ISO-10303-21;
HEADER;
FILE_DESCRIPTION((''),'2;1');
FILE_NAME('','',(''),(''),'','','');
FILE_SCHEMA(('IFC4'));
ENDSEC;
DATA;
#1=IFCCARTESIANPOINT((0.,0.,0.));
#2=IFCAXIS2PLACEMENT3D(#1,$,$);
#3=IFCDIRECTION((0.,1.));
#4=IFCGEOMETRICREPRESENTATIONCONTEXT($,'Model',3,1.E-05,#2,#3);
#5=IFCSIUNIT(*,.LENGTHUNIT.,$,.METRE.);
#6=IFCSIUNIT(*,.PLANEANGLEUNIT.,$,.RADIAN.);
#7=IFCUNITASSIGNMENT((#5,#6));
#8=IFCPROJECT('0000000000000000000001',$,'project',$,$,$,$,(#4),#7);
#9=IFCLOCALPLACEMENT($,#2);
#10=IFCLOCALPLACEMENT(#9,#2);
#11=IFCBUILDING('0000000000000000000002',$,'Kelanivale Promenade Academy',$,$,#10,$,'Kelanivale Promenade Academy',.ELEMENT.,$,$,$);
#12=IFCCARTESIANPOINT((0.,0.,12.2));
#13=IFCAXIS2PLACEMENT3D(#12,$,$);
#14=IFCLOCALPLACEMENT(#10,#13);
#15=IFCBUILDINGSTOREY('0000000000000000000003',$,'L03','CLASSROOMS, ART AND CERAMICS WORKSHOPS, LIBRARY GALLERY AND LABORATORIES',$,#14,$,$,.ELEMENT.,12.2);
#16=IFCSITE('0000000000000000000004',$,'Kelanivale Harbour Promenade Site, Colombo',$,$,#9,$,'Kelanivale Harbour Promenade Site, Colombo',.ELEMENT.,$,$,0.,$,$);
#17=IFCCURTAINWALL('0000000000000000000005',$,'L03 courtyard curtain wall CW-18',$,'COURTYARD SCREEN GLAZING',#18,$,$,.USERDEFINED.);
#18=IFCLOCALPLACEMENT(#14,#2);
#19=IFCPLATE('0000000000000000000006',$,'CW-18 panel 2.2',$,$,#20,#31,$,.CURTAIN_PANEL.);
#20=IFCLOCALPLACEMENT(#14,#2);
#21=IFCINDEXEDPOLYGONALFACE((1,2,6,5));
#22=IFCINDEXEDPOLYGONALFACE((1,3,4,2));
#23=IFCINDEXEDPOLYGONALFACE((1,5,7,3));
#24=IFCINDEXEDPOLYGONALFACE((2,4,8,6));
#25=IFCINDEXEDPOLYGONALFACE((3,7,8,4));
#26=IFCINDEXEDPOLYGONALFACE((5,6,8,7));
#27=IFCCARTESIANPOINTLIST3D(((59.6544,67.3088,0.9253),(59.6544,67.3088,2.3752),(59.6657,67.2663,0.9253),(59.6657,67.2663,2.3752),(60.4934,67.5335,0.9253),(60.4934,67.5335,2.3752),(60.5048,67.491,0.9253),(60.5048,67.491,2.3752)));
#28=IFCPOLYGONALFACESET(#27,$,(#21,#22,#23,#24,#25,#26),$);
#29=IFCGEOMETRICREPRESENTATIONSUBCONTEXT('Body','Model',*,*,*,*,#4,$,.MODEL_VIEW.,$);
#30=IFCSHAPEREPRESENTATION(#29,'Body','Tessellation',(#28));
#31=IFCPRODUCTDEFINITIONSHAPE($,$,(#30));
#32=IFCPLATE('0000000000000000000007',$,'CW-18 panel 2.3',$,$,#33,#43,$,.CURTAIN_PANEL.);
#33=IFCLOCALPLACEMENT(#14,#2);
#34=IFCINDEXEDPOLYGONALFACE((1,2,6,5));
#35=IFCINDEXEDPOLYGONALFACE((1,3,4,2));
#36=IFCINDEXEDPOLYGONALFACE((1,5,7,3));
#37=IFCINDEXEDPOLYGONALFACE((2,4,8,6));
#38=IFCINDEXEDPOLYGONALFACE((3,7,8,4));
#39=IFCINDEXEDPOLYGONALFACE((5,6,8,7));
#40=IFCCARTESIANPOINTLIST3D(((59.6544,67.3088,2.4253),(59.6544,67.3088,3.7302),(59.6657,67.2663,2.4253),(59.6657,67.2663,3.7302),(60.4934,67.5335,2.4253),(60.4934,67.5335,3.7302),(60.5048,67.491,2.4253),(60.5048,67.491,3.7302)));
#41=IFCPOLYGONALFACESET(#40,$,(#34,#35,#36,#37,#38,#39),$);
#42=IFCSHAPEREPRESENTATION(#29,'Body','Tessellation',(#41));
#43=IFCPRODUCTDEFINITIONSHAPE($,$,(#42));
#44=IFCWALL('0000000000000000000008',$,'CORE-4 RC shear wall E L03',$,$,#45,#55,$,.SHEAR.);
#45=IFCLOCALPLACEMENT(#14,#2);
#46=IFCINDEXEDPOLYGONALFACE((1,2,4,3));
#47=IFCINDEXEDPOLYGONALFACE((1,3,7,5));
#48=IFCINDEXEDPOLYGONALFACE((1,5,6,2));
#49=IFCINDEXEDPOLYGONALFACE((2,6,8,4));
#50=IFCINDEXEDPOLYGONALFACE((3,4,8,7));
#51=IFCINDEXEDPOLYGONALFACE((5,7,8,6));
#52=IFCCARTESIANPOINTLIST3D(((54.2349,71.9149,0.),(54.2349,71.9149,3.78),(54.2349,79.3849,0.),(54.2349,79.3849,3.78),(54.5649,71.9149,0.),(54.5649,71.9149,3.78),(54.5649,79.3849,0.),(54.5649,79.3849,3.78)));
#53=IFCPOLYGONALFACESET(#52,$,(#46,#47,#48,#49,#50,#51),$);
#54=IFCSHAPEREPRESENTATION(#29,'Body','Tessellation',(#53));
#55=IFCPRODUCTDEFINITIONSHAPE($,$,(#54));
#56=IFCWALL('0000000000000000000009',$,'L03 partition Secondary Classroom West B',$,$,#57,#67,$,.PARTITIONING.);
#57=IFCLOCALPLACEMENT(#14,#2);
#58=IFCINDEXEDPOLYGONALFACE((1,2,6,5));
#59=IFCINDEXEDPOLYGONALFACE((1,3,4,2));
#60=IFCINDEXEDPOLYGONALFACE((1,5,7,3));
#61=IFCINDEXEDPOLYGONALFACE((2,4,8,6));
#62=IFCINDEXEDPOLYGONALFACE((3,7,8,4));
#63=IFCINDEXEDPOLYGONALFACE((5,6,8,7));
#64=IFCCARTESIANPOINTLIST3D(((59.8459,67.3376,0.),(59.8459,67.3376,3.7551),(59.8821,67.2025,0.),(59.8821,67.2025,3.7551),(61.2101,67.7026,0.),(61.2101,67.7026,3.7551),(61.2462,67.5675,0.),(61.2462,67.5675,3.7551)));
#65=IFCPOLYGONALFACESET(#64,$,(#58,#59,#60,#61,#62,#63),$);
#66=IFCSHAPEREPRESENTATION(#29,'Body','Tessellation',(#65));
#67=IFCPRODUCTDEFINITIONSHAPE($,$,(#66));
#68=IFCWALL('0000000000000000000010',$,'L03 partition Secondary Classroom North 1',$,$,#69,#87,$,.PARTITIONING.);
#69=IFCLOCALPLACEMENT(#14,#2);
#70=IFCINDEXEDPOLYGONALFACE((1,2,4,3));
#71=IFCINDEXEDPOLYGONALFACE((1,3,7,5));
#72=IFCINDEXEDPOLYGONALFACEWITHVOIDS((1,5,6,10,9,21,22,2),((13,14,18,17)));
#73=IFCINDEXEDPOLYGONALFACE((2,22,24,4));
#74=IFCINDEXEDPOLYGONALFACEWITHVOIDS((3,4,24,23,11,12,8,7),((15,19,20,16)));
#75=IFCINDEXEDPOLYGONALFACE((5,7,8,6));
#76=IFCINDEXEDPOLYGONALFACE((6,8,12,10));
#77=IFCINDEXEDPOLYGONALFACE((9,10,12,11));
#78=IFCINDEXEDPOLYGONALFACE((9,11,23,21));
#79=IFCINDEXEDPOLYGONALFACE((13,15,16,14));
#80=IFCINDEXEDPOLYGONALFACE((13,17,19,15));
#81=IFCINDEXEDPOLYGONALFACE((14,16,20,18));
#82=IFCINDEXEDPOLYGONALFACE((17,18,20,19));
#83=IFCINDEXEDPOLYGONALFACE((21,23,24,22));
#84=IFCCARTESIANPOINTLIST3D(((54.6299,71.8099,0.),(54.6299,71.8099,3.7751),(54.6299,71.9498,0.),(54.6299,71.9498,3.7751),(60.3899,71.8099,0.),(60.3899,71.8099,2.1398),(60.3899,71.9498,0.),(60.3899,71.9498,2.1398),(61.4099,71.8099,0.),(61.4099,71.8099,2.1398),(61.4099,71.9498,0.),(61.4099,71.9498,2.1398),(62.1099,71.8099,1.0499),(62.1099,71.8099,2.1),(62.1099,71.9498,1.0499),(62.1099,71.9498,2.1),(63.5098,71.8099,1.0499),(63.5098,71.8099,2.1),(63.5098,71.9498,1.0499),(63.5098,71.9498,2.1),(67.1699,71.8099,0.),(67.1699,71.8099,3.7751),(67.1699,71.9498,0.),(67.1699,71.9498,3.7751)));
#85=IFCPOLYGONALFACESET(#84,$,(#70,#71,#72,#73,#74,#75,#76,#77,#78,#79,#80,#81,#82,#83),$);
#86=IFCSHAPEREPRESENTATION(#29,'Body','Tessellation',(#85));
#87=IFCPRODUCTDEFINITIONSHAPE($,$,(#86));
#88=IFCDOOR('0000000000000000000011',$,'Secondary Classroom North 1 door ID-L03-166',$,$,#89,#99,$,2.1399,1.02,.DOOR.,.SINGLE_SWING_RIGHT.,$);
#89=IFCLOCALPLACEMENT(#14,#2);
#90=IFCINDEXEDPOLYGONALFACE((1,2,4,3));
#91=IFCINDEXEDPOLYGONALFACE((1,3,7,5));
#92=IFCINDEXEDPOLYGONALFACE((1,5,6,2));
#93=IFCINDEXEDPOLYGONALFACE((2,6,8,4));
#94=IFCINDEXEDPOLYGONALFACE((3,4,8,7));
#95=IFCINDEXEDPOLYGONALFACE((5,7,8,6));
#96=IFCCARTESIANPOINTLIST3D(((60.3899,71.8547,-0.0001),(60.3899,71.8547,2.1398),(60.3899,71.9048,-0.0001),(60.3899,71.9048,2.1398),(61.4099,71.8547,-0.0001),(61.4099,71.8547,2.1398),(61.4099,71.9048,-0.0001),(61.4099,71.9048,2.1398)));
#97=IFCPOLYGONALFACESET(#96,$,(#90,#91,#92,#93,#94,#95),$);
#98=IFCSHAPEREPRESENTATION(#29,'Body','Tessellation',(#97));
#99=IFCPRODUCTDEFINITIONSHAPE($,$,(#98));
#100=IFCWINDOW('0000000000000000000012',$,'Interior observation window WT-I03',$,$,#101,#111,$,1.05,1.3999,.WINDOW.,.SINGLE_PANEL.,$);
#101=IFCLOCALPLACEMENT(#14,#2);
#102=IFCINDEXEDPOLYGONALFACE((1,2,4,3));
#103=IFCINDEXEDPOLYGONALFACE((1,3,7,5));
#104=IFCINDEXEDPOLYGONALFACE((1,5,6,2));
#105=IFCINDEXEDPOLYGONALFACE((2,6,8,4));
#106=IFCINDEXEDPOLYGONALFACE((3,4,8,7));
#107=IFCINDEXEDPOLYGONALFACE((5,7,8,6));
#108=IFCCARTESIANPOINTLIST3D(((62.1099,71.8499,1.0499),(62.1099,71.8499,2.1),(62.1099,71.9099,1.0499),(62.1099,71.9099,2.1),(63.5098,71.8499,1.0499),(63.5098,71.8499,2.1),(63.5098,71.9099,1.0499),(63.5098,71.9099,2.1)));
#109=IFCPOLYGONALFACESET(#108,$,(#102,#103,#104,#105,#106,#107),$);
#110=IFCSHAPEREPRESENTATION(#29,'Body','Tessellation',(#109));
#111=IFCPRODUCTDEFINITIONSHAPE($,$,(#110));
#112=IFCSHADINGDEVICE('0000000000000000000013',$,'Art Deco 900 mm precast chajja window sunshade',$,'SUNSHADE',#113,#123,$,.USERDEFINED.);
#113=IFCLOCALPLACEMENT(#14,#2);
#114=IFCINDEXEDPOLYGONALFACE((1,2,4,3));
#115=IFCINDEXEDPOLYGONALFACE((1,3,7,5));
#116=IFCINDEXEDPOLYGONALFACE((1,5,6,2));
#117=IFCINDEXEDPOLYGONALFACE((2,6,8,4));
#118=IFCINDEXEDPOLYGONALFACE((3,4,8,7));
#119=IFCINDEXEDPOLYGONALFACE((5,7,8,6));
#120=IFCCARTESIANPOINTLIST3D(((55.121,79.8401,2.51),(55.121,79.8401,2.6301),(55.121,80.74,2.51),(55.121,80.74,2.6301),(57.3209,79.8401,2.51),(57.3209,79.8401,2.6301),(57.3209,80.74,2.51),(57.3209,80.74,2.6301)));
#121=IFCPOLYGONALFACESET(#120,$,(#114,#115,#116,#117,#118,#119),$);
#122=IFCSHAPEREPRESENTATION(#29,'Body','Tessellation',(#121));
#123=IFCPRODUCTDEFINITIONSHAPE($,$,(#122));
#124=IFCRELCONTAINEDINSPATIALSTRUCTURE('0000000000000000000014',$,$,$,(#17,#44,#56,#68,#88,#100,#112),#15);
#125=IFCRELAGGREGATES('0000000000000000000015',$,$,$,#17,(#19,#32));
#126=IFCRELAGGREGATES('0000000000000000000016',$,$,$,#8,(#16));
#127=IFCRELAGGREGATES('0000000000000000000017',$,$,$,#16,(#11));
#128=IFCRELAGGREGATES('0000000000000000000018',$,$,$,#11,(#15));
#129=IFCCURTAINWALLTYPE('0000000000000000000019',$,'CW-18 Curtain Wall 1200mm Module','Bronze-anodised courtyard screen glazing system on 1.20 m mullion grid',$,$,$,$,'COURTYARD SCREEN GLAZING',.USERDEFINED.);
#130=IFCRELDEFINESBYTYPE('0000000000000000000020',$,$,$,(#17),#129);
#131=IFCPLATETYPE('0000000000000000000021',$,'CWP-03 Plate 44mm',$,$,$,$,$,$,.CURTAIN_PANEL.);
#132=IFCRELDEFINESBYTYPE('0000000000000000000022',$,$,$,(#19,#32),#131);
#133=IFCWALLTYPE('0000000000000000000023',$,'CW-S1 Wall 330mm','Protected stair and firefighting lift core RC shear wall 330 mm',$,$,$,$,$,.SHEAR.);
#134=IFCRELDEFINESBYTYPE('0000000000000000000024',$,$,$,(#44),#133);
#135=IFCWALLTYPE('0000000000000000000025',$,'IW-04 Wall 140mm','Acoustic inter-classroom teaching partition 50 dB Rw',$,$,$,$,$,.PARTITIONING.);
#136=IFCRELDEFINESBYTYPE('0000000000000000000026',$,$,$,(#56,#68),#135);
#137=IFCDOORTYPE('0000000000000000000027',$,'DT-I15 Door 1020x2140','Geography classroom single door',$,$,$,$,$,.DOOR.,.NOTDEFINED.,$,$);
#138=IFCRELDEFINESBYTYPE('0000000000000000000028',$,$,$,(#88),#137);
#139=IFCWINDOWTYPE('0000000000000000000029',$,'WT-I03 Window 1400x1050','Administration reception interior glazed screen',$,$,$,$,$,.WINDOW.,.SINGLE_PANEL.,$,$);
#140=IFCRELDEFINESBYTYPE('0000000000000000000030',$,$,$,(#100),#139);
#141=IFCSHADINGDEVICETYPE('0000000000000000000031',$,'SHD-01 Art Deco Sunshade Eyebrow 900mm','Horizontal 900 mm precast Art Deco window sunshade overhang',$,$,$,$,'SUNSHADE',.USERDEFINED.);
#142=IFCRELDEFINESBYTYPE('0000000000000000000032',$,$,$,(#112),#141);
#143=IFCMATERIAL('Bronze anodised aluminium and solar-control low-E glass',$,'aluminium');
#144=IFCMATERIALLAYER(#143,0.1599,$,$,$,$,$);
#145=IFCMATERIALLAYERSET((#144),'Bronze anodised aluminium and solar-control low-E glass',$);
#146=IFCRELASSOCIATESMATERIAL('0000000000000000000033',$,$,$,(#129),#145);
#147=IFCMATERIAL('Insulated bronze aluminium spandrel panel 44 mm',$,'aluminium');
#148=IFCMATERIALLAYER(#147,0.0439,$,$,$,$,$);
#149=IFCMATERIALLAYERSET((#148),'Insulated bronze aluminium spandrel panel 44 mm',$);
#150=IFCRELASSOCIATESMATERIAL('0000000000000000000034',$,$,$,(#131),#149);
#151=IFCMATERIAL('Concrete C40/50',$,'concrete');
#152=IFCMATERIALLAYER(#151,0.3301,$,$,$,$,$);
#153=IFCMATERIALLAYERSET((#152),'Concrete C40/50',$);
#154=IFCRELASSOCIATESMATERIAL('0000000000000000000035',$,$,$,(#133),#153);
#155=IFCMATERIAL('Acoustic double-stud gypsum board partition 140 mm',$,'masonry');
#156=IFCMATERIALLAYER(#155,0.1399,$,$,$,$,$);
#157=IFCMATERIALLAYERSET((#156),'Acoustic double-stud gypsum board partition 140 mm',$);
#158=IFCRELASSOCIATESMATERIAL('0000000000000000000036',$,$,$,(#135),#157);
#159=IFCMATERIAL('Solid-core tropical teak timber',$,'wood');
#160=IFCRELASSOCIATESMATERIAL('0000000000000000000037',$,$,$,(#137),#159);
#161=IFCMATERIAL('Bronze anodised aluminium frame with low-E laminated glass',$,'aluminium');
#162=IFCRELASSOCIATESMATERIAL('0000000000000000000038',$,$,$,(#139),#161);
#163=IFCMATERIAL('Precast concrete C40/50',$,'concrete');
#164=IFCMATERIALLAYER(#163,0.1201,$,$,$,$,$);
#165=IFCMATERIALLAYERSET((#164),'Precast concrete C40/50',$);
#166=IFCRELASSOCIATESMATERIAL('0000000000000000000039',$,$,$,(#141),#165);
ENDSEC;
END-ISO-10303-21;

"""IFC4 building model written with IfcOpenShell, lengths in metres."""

from ifc_helpers import new_model, si_unit, direction, frame, frame_2d, origin, origin_2d, place, context, subcontext, project, spatial, rectangle, extrude, material, layer, layer_set, type_object, element, fill, aggregate, save


model = new_model("IFC4")

# Units and contexts
model_context = context("Model", 3, precision=1e-05, world=origin(), true_north=direction((0.0, 1.0)))
body_context = subcontext(model_context, "Body", "Model", "MODEL_VIEW")
ifc_project = project(units=[si_unit("LENGTHUNIT", "METRE"), si_unit("PLANEANGLEUNIT", "RADIAN")], contexts=[model_context])

# Site, building, storey
site_placement = place(None, origin())
site = spatial("IfcSite", under=ifc_project, at=site_placement, Name="Kelanivale Harbour Promenade Site, Colombo", LongName="Kelanivale Harbour Promenade Site, Colombo", CompositionType="ELEMENT", RefElevation=0.0)
building_placement = place(site_placement, origin())
building = spatial("IfcBuilding", under=site, at=building_placement, Name="Kelanivale Promenade Academy", LongName="Kelanivale Promenade Academy", CompositionType="ELEMENT")
storey_placement = place(building_placement, frame((0.0, 0.0, 12.2)))
storey = spatial("IfcBuildingStorey", under=building, at=storey_placement, Name="L03", Description="CLASSROOMS, ART AND CERAMICS WORKSHOPS, LIBRARY GALLERY AND LABORATORIES", CompositionType="ELEMENT", Elevation=12.2)

# Shared definitions
ifc_material_1 = material(Name="Concrete C40/50", Category="concrete")

# Curtain wall
ifc_material_2 = material(Name="Bronze anodised aluminium and solar-control low-E glass", Category="aluminium")
ifc_layer_1 = layer(ifc_material_2, 0.1599)
ifc_layer_set_1 = layer_set([ifc_layer_1], Name="Bronze anodised aluminium and solar-control low-E glass")
curtain_wall_type_1 = type_object("IfcCurtainWallType", Name="CW-18 Curtain Wall 1200mm Module", Description="Bronze-anodised courtyard screen glazing system on 1.20 m mullion grid", ElementType="COURTYARD SCREEN GLAZING", PredefinedType="USERDEFINED", material=ifc_layer_set_1)
curtain_wall_1_placement = place(storey_placement, origin())
curtain_wall_1 = element("IfcCurtainWall", 1, at=curtain_wall_1_placement, inside=storey, type_object=curtain_wall_type_1, Name="L03 courtyard curtain wall CW-18", ObjectType="COURTYARD SCREEN GLAZING", PredefinedType="USERDEFINED")

# Plates
ifc_material_3 = material(Name="Insulated bronze aluminium spandrel panel 44 mm", Category="aluminium")
ifc_layer_2 = layer(ifc_material_3, 0.0439)
ifc_layer_set_2 = layer_set([ifc_layer_2], Name="Insulated bronze aluminium spandrel panel 44 mm")
plate_type = type_object("IfcPlateType", Name="CWP-03 Plate 44mm", PredefinedType="CURTAIN_PANEL", material=ifc_layer_set_2)
plate_1_placement = place(storey_placement, frame((60.0796, 67.3999, 0.9253), z_axis=(0.0, 0.0, 1.0), x_axis=(-0.965957, -0.258701, 0.0)))
plate_1 = element("IfcPlate", 2, at=plate_1_placement, type_object=plate_type, Name="CW-18 panel 2.2", PredefinedType="CURTAIN_PANEL", context=body_context, shape_type="SweptSolid", body=[
    extrude(rectangle(XDim=0.8687, YDim=0.0439, at=origin_2d()), origin(), (0.0, 0.0, 1.0), 1.45),
])
plate_2_placement = place(storey_placement, frame((60.0796, 67.3999, 2.4253), z_axis=(0.0, 0.0, 1.0), x_axis=(-0.965957, -0.258701, 0.0)))
plate_2 = element("IfcPlate", 3, at=plate_2_placement, type_object=plate_type, Name="CW-18 panel 2.3", PredefinedType="CURTAIN_PANEL", context=body_context, shape_type="SweptSolid", body=[
    extrude(rectangle(XDim=0.8687, YDim=0.0439, at=origin_2d()), origin(), (0.0, 0.0, 1.0), 1.3049),
])
aggregate(curtain_wall_1, [plate_1, plate_2])

# Walls
ifc_layer_3 = layer(ifc_material_1, 0.3301)
ifc_layer_set_3 = layer_set([ifc_layer_3], Name="Concrete C40/50")
wall_type_1 = type_object("IfcWallType", Name="CW-S1 Wall 330mm", Description="Protected stair and firefighting lift core RC shear wall 330 mm", PredefinedType="SHEAR", material=ifc_layer_set_3)
wall_1_placement = place(storey_placement, frame((54.3999, 71.915, 0.0), z_axis=(0.0, 0.0, 1.0), x_axis=(0.0, 1.0, 0.0)))
element("IfcWall", 4, at=wall_1_placement, inside=storey, type_object=wall_type_1, Name="CORE-4 RC shear wall E L03", PredefinedType="SHEAR", context=body_context, shape_type="SweptSolid", body=[
    extrude(rectangle(XDim=7.47, YDim=0.3301, at=frame_2d((3.7349, 0.0))), origin(), (0.0, 0.0, 1.0), 3.78),
])
ifc_material_4 = material(Name="Acoustic double-stud gypsum board partition 140 mm", Category="masonry")
ifc_layer_4 = layer(ifc_material_4, 0.1399)
ifc_layer_set_4 = layer_set([ifc_layer_4], Name="Acoustic double-stud gypsum board partition 140 mm")
wall_type_2 = type_object("IfcWallType", Name="IW-04 Wall 140mm", Description="Acoustic inter-classroom teaching partition 50 dB Rw", PredefinedType="PARTITIONING", material=ifc_layer_set_4)
wall_2_placement = place(storey_placement, frame((59.864, 67.27, 0.0), z_axis=(0.0, 0.0, 1.0), x_axis=(0.966014, 0.258491, 0.0)))
element("IfcWall", 5, at=wall_2_placement, inside=storey, type_object=wall_type_2, Name="L03 partition Secondary Classroom West B", PredefinedType="PARTITIONING", context=body_context, shape_type="SweptSolid", body=[
    extrude(rectangle(XDim=1.4121, YDim=0.1399, at=frame_2d((0.7061, 0.0))), origin(), (0.0, 0.0, 1.0), 3.7551),
])

# Wall, openings, door, window
wall_3_placement = place(storey_placement, frame((54.6299, 71.8799, 0.0), z_axis=(0.0, 0.0, 1.0), x_axis=(1.0, 0.0, 0.0)))
wall_3 = element("IfcWall", 6, at=wall_3_placement, inside=storey, type_object=wall_type_2, Name="L03 partition Secondary Classroom North 1", PredefinedType="PARTITIONING", context=body_context, shape_type="SweptSolid", body=[
    extrude(rectangle(XDim=12.54, YDim=0.1399, at=frame_2d((6.27, 0.0))), origin(), (0.0, 0.0, 1.0), 3.7751),
])
opening_1_placement = place(wall_3_placement, frame((5.76, 0.0, 0.0)))
opening_1 = element("IfcOpeningElement", 7, at=opening_1_placement, cuts=wall_3, PredefinedType="OPENING", context=body_context, shape_type="SweptSolid", body=[
    extrude(rectangle(XDim=1.02, YDim=2.1399, at=frame_2d((0.51, 1.0698))), frame((0.0, 0.0801, 0.0), z_axis=(0.0, -1.0, 0.0), x_axis=(1.0, 0.0, 0.0)), (0.0, 0.0, 1.0), 0.1599),
])
opening_2_placement = place(wall_3_placement, frame((7.48, 0.0, 1.05)))
opening_2 = element("IfcOpeningElement", 8, at=opening_2_placement, cuts=wall_3, PredefinedType="OPENING", context=body_context, shape_type="SweptSolid", body=[
    extrude(rectangle(XDim=1.3999, YDim=1.05, at=frame_2d((0.7, 0.5249))), frame((0.0, 0.0801, 0.0), z_axis=(0.0, -1.0, 0.0), x_axis=(1.0, 0.0, 0.0)), (0.0, 0.0, 1.0), 0.1599),
])
ifc_material_5 = material(Name="Solid-core tropical teak timber", Category="wood")
door_type = type_object("IfcDoorType", Name="DT-I15 Door 1020x2140", Description="Geography classroom single door", OperationType="NOTDEFINED", PredefinedType="DOOR", material=ifc_material_5)
door_placement = place(opening_1_placement, origin())
door = element("IfcDoor", 9, at=door_placement, inside=storey, type_object=door_type, Name="Secondary Classroom North 1 door ID-L03-166", OperationType="SINGLE_SWING_RIGHT", OverallHeight=2.1399, OverallWidth=1.02, PredefinedType="DOOR", context=body_context, shape_type="SweptSolid", body=[
    extrude(rectangle(XDim=1.02, YDim=2.1399, at=frame_2d((0.51, 1.0698))), frame((0.0, 0.0249, 0.0), z_axis=(0.0, -1.0, 0.0), x_axis=(1.0, 0.0, 0.0)), (0.0, 0.0, 1.0), 0.05),
])
fill(opening_1, door)
ifc_material_6 = material(Name="Bronze anodised aluminium frame with low-E laminated glass", Category="aluminium")
window_type = type_object("IfcWindowType", Name="WT-I03 Window 1400x1050", Description="Administration reception interior glazed screen", PartitioningType="SINGLE_PANEL", PredefinedType="WINDOW", material=ifc_material_6)
window_placement = place(opening_2_placement, origin())
window = element("IfcWindow", 10, at=window_placement, inside=storey, type_object=window_type, Name="Interior observation window WT-I03", OverallHeight=1.05, OverallWidth=1.3999, PartitioningType="SINGLE_PANEL", PredefinedType="WINDOW", context=body_context, shape_type="SweptSolid", body=[
    extrude(rectangle(XDim=1.3999, YDim=1.05, at=frame_2d((0.7, 0.5249))), frame((0.0, 0.03, 0.0), z_axis=(0.0, -1.0, 0.0), x_axis=(1.0, 0.0, 0.0)), (0.0, 0.0, 1.0), 0.0601),
])
fill(opening_2, window)

# Shading device
ifc_material_7 = material(Name="Precast concrete C40/50", Category="concrete")
ifc_layer_5 = layer(ifc_material_7, 0.1201)
ifc_layer_set_5 = layer_set([ifc_layer_5], Name="Precast concrete C40/50")
shading_device_type = type_object("IfcShadingDeviceType", Name="SHD-01 Art Deco Sunshade Eyebrow 900mm", Description="Horizontal 900 mm precast Art Deco window sunshade overhang", ElementType="SUNSHADE", PredefinedType="USERDEFINED", material=ifc_layer_set_5)
shading_device_placement = place(storey_placement, frame((56.2209, 80.29, 2.51), z_axis=(0.0, 0.0, 1.0), x_axis=(-1.0, 0.0, 0.0)))
element("IfcShadingDevice", 11, at=shading_device_placement, inside=storey, type_object=shading_device_type, Name="Art Deco 900 mm precast chajja window sunshade", ObjectType="SUNSHADE", PredefinedType="USERDEFINED", context=body_context, shape_type="SweptSolid", body=[
    extrude(rectangle(XDim=2.2, YDim=0.8999, at=origin_2d()), origin(), (0.0, 0.0, 1.0), 0.1201),
])

save(model, "model.ifc")
